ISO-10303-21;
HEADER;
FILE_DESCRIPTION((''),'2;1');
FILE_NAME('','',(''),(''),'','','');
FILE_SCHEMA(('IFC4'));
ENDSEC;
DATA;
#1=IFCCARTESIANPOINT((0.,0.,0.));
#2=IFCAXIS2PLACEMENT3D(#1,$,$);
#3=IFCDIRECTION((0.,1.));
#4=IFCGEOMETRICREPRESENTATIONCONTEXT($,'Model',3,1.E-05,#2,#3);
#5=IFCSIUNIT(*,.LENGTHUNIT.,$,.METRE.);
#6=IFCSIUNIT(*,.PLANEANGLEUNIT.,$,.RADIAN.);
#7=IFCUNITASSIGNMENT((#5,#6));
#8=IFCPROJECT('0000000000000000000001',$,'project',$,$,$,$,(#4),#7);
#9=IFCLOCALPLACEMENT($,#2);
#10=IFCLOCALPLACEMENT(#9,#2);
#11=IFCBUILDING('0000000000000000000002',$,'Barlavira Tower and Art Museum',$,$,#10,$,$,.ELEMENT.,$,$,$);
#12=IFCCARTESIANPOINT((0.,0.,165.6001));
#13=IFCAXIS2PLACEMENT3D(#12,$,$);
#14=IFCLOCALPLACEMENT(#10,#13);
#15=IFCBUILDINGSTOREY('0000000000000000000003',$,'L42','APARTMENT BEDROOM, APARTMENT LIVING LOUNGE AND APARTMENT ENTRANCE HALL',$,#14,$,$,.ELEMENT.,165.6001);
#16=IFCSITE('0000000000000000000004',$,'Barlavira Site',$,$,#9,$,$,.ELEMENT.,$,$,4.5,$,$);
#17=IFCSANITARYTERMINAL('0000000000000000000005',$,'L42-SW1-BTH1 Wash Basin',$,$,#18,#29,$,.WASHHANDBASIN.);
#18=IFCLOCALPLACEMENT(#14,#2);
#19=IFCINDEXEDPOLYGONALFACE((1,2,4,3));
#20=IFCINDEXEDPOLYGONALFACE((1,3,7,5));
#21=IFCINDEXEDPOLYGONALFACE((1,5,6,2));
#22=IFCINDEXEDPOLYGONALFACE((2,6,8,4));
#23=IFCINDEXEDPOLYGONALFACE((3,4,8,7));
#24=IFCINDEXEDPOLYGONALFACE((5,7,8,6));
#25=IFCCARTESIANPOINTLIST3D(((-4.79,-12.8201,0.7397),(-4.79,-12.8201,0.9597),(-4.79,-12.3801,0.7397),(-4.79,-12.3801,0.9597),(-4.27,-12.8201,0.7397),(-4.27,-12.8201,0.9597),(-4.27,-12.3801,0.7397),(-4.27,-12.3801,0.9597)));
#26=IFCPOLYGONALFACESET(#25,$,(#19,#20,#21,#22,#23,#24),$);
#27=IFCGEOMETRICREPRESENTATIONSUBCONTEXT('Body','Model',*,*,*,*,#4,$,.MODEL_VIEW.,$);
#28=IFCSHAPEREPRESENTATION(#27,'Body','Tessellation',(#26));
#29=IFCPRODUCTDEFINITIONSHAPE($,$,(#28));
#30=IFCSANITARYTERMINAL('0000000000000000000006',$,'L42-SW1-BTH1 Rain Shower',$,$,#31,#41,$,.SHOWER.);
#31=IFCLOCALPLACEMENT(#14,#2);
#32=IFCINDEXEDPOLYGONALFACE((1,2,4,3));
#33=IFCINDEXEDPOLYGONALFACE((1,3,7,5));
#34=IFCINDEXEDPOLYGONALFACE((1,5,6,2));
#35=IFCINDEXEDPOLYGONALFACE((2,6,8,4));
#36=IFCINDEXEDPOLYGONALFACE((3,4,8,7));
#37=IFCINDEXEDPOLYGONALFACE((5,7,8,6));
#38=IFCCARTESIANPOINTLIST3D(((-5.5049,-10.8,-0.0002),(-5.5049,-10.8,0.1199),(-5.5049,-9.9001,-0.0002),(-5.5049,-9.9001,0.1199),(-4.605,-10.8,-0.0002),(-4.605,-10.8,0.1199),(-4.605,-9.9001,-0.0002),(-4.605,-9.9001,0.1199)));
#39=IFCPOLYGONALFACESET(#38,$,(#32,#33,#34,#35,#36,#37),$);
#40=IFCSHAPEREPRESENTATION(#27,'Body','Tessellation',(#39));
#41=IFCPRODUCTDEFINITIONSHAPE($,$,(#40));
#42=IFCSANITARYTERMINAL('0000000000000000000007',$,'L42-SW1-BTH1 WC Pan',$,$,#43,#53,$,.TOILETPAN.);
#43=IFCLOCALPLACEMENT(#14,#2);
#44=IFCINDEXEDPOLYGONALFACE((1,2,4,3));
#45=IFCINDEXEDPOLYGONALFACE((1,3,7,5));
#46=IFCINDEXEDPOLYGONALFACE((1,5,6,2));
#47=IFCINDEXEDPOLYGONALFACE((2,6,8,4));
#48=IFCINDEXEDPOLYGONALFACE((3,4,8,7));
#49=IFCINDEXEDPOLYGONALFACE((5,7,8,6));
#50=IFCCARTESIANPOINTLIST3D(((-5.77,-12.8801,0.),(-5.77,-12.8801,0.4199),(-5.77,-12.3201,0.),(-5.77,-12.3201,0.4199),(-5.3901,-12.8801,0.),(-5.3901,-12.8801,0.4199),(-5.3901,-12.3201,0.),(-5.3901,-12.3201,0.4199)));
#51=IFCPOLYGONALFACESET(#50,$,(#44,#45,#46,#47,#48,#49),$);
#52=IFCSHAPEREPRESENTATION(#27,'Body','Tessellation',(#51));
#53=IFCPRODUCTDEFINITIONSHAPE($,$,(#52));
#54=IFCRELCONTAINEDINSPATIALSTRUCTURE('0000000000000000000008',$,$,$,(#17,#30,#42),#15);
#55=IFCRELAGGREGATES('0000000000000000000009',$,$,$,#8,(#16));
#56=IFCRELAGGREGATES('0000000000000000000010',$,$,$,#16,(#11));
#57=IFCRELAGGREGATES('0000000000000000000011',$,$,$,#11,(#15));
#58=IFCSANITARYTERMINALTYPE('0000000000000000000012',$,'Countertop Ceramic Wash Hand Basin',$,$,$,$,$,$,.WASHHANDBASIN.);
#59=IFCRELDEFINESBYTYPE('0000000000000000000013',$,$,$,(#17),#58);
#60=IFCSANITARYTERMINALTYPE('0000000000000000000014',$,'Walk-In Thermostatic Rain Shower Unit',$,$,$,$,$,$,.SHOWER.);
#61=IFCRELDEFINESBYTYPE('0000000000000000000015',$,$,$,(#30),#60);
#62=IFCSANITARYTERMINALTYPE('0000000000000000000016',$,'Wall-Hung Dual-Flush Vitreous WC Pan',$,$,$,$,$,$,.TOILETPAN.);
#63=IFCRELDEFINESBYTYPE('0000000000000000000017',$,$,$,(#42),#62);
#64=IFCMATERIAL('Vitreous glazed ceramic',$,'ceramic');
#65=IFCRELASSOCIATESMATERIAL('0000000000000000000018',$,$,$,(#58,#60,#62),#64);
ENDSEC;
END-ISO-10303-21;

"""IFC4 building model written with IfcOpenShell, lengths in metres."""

from ifc_helpers import new_model, si_unit, direction, frame, origin, origin_2d, place, context, subcontext, project, spatial, rectangle, extrude, material, type_object, element, save


model = new_model("IFC4")

# Units and contexts
model_context = context("Model", 3, precision=1e-05, world=origin(), true_north=direction((0.0, 1.0)))
body_context = subcontext(model_context, "Body", "Model", "MODEL_VIEW")
ifc_project = project(units=[si_unit("LENGTHUNIT", "METRE"), si_unit("PLANEANGLEUNIT", "RADIAN")], contexts=[model_context])

# Site, building, storey
site_placement = place(None, origin())
site = spatial("IfcSite", under=ifc_project, at=site_placement, Name="Barlavira Site", CompositionType="ELEMENT", RefElevation=4.5)
building_placement = place(site_placement, origin())
building = spatial("IfcBuilding", under=site, at=building_placement, Name="Barlavira Tower and Art Museum", CompositionType="ELEMENT")
storey_placement = place(building_placement, frame((0.0, 0.0, 165.6001)))
storey = spatial("IfcBuildingStorey", under=building, at=storey_placement, Name="L42", Description="APARTMENT BEDROOM, APARTMENT LIVING LOUNGE AND APARTMENT ENTRANCE HALL", CompositionType="ELEMENT", Elevation=165.6001)

# Sanitary terminals
ifc_material_1 = material(Name="Vitreous glazed ceramic", Category="ceramic")
sanitary_terminal_type_1 = type_object("IfcSanitaryTerminalType", Name="Countertop Ceramic Wash Hand Basin", PredefinedType="WASHHANDBASIN", material=ifc_material_1)
sanitary_terminal_1_placement = place(storey_placement, frame((-4.53, -12.6001, 0.7397), z_axis=(0.0, 0.0, 1.0), x_axis=(1.0, 0.0, 0.0)))
element("IfcSanitaryTerminal", 1, at=sanitary_terminal_1_placement, inside=storey, type_object=sanitary_terminal_type_1, Name="L42-SW1-BTH1 Wash Basin", PredefinedType="WASHHANDBASIN", context=body_context, shape_type="SweptSolid", body=[
    extrude(rectangle(XDim=0.52, YDim=0.4399, at=origin_2d()), origin(), (0.0, 0.0, 1.0), 0.22),
])
sanitary_terminal_type_2 = type_object("IfcSanitaryTerminalType", Name="Walk-In Thermostatic Rain Shower Unit", PredefinedType="SHOWER", material=ifc_material_1)
sanitary_terminal_2_placement = place(storey_placement, frame((-5.0549, -10.3501, -0.0002), z_axis=(0.0, 0.0, 1.0), x_axis=(1.0, 0.0, 0.0)))
element("IfcSanitaryTerminal", 2, at=sanitary_terminal_2_placement, inside=storey, type_object=sanitary_terminal_type_2, Name="L42-SW1-BTH1 Rain Shower", PredefinedType="SHOWER", context=body_context, shape_type="SweptSolid", body=[
    extrude(rectangle(XDim=0.8999, YDim=0.8999, at=origin_2d()), origin(), (0.0, 0.0, 1.0), 0.1201),
])
sanitary_terminal_type_3 = type_object("IfcSanitaryTerminalType", Name="Wall-Hung Dual-Flush Vitreous WC Pan", PredefinedType="TOILETPAN", material=ifc_material_1)
sanitary_terminal_3_placement = place(storey_placement, frame((-5.5801, -12.6001, 0.0), z_axis=(0.0, 0.0, 1.0), x_axis=(1.0, 0.0, 0.0)))
element("IfcSanitaryTerminal", 3, at=sanitary_terminal_3_placement, inside=storey, type_object=sanitary_terminal_type_3, Name="L42-SW1-BTH1 WC Pan", PredefinedType="TOILETPAN", context=body_context, shape_type="SweptSolid", body=[
    extrude(rectangle(XDim=0.3799, YDim=0.5601, at=origin_2d()), origin(), (0.0, 0.0, 1.0), 0.4199),
])

save(model, "model.ifc")
